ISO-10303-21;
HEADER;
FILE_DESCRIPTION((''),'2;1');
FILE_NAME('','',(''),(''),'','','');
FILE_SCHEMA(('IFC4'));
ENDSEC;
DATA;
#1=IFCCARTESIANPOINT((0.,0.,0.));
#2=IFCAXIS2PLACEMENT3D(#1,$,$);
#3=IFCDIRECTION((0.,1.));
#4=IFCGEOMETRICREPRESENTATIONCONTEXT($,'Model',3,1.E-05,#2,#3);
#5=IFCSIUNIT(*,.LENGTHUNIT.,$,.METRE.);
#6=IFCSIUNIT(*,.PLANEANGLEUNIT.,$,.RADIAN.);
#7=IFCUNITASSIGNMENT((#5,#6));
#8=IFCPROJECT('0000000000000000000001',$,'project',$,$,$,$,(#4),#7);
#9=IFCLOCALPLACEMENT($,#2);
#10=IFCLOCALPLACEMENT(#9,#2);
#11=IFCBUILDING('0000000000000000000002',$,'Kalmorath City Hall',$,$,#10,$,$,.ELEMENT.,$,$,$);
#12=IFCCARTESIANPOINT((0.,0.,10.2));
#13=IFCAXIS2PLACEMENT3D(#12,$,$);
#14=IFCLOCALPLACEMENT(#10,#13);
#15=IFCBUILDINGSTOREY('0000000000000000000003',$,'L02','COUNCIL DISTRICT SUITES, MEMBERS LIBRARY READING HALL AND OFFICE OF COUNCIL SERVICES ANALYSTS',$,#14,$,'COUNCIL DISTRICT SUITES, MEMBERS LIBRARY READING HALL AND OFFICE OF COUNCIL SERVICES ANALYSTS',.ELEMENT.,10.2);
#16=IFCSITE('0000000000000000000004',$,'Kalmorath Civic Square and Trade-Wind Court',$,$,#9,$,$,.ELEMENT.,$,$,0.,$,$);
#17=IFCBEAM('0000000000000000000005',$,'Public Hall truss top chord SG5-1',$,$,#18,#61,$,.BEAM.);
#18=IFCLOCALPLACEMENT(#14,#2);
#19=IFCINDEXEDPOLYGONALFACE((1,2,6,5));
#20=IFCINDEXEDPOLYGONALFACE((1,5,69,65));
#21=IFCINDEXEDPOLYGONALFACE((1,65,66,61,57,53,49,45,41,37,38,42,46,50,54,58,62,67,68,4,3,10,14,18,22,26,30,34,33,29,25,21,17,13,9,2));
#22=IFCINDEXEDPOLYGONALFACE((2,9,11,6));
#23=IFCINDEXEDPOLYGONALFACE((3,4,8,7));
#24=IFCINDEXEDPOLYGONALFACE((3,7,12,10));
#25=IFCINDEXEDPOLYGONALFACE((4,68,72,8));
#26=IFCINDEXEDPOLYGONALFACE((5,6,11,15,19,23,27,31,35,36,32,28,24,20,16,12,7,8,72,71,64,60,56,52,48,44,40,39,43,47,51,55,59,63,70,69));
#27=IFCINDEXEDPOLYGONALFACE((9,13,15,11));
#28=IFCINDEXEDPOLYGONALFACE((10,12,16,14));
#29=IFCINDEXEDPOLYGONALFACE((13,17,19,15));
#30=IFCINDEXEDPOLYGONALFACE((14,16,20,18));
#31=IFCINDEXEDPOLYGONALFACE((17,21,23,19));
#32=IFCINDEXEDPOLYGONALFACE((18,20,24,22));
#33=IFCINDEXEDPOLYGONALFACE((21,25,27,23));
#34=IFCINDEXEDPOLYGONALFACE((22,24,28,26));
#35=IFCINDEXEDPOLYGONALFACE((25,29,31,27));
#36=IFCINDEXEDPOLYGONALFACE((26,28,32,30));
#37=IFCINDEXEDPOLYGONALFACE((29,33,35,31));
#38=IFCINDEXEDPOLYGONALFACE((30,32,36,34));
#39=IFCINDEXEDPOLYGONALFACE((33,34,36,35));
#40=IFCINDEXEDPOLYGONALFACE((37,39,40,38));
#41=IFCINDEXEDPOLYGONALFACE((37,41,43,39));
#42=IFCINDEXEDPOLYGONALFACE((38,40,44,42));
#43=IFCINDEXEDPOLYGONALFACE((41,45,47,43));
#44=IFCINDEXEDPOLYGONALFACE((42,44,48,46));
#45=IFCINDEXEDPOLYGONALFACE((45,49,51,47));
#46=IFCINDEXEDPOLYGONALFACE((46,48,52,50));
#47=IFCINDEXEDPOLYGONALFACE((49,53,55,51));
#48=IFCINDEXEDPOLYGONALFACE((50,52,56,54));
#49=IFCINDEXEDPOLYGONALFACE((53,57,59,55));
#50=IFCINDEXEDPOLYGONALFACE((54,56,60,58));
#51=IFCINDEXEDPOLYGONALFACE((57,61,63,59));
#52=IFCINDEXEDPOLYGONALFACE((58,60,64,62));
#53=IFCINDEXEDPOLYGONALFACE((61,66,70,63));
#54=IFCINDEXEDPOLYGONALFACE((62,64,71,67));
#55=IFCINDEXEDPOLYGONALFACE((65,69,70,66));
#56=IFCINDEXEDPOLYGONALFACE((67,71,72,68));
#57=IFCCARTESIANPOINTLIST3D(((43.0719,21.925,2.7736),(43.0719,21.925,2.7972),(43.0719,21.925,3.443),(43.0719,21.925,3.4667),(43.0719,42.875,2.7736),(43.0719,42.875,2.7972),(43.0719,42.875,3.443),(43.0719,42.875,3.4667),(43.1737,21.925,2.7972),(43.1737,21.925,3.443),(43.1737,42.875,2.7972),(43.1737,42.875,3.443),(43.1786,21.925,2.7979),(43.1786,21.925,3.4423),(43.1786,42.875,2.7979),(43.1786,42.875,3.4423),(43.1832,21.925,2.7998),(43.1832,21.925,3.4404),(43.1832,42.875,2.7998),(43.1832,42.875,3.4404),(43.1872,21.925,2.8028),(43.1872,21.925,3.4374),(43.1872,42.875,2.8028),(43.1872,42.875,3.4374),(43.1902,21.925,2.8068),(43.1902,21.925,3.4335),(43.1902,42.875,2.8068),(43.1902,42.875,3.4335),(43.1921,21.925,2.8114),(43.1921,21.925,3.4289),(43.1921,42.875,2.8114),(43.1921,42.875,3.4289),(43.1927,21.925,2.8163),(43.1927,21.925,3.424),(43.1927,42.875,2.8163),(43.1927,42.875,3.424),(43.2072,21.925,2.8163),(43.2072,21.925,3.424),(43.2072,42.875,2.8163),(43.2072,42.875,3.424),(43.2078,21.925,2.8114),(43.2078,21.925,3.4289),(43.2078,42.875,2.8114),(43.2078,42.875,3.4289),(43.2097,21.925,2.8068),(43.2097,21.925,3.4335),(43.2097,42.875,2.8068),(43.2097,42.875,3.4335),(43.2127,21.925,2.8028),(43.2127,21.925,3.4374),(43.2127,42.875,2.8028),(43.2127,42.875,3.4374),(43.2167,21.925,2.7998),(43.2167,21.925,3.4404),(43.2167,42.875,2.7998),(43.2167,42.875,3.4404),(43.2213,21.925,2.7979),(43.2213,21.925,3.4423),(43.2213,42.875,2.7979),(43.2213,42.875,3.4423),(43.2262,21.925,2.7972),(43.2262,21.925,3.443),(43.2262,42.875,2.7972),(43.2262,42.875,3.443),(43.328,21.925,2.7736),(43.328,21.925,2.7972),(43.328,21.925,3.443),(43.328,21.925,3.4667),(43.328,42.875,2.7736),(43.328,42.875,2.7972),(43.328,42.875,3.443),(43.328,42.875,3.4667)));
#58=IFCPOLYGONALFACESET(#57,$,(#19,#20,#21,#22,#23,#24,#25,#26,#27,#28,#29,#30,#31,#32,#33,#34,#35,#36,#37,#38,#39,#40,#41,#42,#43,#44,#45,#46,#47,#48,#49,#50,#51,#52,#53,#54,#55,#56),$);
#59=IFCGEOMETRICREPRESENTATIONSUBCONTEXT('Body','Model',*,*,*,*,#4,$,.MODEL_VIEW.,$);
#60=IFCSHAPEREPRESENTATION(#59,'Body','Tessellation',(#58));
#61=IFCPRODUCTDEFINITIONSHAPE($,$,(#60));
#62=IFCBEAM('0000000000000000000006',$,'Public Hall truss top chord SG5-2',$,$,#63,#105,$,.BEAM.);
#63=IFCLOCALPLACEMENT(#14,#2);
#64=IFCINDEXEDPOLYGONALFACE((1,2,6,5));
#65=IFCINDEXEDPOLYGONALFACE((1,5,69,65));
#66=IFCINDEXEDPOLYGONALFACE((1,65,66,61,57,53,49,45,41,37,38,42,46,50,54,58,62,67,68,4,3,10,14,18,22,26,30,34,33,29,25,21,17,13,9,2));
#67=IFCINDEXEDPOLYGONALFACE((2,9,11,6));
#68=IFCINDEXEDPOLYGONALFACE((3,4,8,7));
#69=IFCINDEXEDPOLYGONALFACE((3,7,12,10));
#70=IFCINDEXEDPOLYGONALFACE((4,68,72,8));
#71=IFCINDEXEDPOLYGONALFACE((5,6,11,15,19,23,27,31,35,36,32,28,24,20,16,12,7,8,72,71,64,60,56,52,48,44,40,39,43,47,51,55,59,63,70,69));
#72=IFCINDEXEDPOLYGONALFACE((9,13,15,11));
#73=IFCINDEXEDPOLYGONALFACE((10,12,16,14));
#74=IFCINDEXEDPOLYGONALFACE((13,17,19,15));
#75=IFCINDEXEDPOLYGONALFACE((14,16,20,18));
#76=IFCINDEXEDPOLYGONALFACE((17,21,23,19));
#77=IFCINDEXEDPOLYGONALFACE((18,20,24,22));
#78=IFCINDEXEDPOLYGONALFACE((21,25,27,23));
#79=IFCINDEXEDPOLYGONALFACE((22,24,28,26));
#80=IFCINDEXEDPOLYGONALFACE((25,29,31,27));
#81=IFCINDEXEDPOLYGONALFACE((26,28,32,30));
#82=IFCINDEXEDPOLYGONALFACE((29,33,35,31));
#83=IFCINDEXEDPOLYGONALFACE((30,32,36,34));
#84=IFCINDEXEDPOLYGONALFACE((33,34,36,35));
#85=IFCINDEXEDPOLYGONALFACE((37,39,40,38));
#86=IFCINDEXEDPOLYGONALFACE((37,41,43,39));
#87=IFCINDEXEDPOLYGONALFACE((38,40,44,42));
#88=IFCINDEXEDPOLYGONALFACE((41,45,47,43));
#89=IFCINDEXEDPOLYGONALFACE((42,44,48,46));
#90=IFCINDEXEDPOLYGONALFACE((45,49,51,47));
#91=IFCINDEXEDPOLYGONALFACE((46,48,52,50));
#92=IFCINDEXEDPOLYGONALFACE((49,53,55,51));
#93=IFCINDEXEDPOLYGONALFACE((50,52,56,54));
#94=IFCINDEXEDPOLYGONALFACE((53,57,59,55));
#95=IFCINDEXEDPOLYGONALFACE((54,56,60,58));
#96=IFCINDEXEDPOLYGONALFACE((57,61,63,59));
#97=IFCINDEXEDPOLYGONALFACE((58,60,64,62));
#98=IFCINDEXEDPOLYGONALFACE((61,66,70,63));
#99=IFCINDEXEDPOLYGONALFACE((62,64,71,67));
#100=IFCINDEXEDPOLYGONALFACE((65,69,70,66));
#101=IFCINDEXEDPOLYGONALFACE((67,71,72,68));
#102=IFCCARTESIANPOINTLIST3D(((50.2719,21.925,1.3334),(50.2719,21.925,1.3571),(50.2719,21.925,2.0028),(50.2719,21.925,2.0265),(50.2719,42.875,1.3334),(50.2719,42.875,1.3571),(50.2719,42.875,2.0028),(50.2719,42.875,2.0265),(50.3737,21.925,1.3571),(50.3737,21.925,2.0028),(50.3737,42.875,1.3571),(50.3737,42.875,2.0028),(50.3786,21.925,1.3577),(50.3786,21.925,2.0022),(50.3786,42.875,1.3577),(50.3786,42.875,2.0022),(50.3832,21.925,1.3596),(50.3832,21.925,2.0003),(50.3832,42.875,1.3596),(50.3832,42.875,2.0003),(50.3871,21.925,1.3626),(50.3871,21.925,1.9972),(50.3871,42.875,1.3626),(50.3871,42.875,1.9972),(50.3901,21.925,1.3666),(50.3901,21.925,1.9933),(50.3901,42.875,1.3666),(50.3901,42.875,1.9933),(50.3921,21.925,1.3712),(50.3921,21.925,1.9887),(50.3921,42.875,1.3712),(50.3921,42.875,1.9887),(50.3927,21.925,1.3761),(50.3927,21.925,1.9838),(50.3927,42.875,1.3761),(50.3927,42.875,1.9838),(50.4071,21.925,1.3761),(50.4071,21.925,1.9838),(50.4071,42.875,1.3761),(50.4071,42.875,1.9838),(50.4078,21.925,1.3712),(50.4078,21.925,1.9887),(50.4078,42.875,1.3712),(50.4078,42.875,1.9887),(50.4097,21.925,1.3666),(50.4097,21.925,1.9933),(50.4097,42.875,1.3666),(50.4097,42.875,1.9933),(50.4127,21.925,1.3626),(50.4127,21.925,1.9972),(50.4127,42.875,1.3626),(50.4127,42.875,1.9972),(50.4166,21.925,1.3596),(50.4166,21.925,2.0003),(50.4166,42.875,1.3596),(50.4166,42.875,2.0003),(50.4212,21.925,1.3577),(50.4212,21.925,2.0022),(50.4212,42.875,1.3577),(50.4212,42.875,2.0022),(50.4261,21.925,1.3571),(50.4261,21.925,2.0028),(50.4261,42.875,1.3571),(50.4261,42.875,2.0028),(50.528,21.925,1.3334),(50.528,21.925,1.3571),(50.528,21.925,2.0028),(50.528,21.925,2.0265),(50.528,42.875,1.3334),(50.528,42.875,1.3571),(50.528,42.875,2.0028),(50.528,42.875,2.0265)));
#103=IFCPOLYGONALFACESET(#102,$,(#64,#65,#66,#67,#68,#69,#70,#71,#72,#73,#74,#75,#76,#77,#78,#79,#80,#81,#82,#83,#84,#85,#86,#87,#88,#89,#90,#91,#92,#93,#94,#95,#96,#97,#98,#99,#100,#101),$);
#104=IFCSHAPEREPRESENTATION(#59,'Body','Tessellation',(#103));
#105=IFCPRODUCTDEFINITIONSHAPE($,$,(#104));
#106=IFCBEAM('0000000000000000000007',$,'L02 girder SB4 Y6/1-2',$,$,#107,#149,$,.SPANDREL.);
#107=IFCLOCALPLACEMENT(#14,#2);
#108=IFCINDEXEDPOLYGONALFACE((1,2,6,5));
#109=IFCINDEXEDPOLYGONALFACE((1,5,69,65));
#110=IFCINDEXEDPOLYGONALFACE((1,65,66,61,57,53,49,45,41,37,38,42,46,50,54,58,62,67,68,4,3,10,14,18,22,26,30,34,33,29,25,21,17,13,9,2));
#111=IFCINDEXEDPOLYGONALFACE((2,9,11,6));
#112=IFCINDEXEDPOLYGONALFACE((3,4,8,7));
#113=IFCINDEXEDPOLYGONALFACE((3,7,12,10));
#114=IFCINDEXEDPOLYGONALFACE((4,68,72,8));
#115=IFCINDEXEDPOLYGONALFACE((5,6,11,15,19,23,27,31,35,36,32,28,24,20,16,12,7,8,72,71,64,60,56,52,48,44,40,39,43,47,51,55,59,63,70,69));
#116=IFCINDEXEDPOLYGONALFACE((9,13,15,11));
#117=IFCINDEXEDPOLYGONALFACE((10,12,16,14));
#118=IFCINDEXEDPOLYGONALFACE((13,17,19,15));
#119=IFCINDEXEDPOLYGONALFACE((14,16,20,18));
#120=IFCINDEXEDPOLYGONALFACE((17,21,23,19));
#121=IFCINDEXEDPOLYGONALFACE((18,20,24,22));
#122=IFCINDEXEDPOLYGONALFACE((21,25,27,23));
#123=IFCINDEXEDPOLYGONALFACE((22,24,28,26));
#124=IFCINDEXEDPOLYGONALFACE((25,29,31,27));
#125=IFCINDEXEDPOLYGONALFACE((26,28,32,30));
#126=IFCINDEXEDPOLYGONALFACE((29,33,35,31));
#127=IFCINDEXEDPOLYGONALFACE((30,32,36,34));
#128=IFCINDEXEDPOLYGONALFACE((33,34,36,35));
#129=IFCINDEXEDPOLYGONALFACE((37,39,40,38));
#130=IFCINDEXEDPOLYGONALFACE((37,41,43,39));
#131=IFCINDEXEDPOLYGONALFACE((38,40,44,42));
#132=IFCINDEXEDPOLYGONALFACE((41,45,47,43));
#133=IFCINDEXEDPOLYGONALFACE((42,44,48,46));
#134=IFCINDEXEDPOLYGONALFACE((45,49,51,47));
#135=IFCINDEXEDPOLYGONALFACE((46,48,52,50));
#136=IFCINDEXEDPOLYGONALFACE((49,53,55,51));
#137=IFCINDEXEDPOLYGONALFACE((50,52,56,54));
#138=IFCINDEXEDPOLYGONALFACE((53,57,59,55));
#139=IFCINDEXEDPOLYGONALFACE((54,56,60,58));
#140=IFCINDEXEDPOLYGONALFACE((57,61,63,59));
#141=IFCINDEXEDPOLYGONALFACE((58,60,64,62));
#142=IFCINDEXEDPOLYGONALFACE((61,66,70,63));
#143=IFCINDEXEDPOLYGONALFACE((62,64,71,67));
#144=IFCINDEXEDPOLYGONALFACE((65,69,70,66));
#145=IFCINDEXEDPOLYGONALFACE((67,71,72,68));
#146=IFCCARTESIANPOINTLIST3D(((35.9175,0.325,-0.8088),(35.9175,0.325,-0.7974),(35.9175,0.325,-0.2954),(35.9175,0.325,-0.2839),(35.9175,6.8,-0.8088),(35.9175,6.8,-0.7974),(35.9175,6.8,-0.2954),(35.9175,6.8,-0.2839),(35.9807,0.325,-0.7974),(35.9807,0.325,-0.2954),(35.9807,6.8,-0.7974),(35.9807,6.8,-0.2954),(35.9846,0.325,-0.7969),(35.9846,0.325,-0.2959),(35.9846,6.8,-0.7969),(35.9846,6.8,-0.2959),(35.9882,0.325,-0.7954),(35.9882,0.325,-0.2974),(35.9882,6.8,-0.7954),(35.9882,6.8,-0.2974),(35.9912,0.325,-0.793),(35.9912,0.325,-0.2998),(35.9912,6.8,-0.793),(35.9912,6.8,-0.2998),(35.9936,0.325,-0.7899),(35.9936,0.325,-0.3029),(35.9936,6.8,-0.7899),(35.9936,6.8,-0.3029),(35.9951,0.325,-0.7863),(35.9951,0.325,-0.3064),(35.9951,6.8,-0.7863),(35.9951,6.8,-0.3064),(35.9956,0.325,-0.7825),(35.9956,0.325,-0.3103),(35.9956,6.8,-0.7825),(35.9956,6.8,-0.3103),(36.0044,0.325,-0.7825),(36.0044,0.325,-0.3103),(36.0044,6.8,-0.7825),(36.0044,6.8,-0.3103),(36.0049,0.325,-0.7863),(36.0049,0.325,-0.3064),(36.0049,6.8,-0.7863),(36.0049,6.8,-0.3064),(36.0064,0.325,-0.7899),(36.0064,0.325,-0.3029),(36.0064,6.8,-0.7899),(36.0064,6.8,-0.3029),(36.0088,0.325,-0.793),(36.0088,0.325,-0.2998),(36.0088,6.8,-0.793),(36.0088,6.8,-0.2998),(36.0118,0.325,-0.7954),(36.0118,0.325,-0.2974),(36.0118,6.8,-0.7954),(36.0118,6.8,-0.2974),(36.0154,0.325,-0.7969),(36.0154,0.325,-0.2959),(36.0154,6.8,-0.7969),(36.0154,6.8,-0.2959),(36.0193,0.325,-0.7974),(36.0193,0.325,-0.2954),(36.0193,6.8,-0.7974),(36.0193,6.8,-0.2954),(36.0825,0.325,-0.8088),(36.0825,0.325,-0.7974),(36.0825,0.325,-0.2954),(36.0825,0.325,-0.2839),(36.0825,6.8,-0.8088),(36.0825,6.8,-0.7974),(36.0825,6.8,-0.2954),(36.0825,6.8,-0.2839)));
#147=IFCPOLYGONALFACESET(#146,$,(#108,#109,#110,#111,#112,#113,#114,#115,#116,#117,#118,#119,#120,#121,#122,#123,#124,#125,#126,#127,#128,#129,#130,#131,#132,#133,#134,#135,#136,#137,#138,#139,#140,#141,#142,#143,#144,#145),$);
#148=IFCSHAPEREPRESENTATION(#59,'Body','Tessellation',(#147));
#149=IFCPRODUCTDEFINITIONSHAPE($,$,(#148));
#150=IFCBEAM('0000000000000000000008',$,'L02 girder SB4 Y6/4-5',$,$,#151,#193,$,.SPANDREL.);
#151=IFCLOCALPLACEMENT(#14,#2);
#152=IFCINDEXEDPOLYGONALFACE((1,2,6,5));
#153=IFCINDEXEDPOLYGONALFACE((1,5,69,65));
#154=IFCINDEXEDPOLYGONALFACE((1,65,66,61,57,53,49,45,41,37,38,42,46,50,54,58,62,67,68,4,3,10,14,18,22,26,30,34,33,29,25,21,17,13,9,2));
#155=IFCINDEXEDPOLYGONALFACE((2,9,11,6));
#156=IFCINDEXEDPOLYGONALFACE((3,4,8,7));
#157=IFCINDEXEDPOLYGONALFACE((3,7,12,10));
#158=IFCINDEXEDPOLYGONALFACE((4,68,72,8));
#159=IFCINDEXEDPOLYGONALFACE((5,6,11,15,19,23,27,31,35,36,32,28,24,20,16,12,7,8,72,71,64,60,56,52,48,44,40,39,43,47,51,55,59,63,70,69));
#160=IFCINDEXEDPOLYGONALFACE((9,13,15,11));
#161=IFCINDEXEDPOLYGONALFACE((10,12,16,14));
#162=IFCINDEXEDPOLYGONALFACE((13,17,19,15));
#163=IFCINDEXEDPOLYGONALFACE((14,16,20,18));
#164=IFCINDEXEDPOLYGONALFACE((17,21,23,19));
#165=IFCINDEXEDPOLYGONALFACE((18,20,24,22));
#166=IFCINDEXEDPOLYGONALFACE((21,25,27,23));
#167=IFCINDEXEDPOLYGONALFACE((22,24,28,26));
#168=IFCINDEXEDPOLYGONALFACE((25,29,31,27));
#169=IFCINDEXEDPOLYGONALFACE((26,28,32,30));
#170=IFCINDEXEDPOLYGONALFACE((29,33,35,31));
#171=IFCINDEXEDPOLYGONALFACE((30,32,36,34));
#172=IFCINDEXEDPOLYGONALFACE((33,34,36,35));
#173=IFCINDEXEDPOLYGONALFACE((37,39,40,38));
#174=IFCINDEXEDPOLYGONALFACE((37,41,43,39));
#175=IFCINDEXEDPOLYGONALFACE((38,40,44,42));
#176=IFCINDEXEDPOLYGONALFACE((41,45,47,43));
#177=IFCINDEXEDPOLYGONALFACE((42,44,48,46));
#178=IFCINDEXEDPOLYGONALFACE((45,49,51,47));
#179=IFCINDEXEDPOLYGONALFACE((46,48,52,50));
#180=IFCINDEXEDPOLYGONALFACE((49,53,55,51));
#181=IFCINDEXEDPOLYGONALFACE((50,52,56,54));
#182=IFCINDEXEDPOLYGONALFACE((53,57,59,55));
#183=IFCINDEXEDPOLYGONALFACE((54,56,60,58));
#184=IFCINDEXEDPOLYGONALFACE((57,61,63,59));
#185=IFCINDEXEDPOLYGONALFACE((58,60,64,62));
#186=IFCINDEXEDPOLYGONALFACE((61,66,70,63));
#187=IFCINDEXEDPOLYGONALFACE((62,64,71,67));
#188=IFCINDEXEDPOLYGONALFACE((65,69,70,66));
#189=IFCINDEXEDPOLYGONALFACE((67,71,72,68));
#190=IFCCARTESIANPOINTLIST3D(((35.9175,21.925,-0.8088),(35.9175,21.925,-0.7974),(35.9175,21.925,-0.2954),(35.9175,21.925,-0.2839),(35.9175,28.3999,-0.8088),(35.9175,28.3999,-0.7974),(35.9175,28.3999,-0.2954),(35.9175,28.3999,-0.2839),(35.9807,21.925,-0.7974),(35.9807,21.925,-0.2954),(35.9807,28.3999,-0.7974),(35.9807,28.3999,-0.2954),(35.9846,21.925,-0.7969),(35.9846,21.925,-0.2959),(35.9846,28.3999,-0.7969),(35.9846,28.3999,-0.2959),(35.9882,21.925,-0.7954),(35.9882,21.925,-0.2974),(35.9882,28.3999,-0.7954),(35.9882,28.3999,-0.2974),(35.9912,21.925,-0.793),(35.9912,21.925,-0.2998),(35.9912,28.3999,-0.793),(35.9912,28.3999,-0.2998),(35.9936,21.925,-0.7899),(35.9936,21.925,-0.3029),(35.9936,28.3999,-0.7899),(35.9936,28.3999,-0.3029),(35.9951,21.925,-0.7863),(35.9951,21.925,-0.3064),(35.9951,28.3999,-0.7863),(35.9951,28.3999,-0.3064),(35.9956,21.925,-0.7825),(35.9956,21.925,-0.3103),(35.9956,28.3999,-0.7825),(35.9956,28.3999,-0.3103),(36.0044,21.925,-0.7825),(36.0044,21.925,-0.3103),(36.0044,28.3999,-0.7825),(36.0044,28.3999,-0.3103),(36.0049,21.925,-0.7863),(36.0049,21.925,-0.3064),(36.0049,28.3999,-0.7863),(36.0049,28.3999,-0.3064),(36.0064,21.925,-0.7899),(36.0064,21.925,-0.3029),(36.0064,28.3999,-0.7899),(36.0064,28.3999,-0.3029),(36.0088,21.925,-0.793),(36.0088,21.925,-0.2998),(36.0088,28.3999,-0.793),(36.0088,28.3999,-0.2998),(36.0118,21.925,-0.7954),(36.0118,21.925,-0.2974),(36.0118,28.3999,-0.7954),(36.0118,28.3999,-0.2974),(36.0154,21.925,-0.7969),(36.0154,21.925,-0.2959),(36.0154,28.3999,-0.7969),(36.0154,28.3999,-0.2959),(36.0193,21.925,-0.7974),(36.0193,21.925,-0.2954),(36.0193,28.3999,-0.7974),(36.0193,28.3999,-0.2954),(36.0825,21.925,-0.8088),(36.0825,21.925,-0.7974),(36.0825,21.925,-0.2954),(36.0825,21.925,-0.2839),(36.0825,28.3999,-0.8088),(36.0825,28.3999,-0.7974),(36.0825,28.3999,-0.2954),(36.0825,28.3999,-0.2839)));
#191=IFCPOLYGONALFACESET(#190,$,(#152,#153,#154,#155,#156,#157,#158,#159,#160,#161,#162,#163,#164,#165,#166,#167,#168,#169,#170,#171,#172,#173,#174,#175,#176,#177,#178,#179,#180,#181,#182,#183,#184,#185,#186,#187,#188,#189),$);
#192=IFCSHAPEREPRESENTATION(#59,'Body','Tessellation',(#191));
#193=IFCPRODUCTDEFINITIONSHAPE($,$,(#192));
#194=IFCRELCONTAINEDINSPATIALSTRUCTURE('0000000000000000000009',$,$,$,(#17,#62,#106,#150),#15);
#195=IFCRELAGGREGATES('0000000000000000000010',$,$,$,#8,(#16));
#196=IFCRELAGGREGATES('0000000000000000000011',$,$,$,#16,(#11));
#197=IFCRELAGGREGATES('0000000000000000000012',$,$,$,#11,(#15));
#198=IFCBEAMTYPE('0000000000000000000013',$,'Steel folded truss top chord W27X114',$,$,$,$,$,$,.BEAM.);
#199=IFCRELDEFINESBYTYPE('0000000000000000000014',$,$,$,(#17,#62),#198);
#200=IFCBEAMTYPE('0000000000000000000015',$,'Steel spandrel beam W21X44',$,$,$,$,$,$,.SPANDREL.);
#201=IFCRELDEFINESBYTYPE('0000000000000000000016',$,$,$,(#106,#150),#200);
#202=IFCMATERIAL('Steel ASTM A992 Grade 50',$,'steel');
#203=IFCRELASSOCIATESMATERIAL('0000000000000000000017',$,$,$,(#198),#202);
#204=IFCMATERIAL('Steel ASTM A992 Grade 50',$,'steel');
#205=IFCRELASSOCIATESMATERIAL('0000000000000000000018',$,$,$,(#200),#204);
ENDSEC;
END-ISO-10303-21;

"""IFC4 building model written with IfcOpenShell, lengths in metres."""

from ifc_helpers import new_model, si_unit, direction, frame, origin, origin_2d, place, context, subcontext, project, spatial, i_section, extrude, material, material_profile, profile_set, type_object, element, save


model = new_model("IFC4")

# Units and contexts
model_context = context("Model", 3, precision=1e-05, world=origin(), true_north=direction((0.0, 1.0)))
body_context = subcontext(model_context, "Body", "Model", "MODEL_VIEW")
ifc_project = project(units=[si_unit("LENGTHUNIT", "METRE"), si_unit("PLANEANGLEUNIT", "RADIAN")], contexts=[model_context])

# Site, building, storey
site_placement = place(None, origin())
site = spatial("IfcSite", under=ifc_project, at=site_placement, Name="Kalmorath Civic Square and Trade-Wind Court", CompositionType="ELEMENT", RefElevation=0.0)
building_placement = place(site_placement, origin())
building = spatial("IfcBuilding", under=site, at=building_placement, Name="Kalmorath City Hall", CompositionType="ELEMENT")
storey_placement = place(building_placement, frame((0.0, 0.0, 10.2)))
storey = spatial("IfcBuildingStorey", under=building, at=storey_placement, Name="L02", Description="COUNCIL DISTRICT SUITES, MEMBERS LIBRARY READING HALL AND OFFICE OF COUNCIL SERVICES ANALYSTS", LongName="COUNCIL DISTRICT SUITES, MEMBERS LIBRARY READING HALL AND OFFICE OF COUNCIL SERVICES ANALYSTS", CompositionType="ELEMENT", Elevation=10.2)

# Beams
ifc_material_1 = material(Name="Steel ASTM A992 Grade 50", Category="steel")
ifc_material_profile_1 = material_profile(ifc_material_1, i_section(OverallWidth=0.2561, OverallDepth=0.6931, WebThickness=0.0144, FlangeThickness=0.0237, FilletRadius=0.019, at=origin_2d()), Name="W27X114")
ifc_profile_set_1 = profile_set([ifc_material_profile_1], Name="Steel ASTM A992 Grade 50")
beam_type_1 = type_object("IfcBeamType", Name="Steel folded truss top chord W27X114", PredefinedType="BEAM", material=ifc_profile_set_1)
for number, where, z_axis, x_axis, name in (
    (1, (43.2, 21.925, 3.1201), (0.0, 1.0, 0.0), (-1.0, 0.0, 0.0), "Public Hall truss top chord SG5-1"),
    (2, (50.3999, 21.925, 1.6799), (0.0, 1.0, 0.0), (-1.0, 0.0, 0.0), "Public Hall truss top chord SG5-2"),
):
    element("IfcBeam", number, at=place(storey_placement, frame(where, z_axis=z_axis, x_axis=x_axis)), inside=storey, type_object=beam_type_1, Name=name, PredefinedType="BEAM", context=body_context, shape_type="SweptSolid", body=[
        extrude(i_section(OverallWidth=0.2561, OverallDepth=0.6931, WebThickness=0.0144, FlangeThickness=0.0237, FilletRadius=0.019, at=origin_2d()), origin(), (0.0, 0.0, 1.0), 20.95),
    ])
ifc_material_2 = material(Name="Steel ASTM A992 Grade 50", Category="steel")
ifc_material_profile_2 = material_profile(ifc_material_2, i_section(OverallWidth=0.165, OverallDepth=0.5249, WebThickness=0.0088, FlangeThickness=0.0115, FilletRadius=0.0149, at=origin_2d()), Name="W21X44")
ifc_profile_set_2 = profile_set([ifc_material_profile_2], Name="Steel ASTM A992 Grade 50")
beam_type_2 = type_object("IfcBeamType", Name="Steel spandrel beam W21X44", PredefinedType="SPANDREL", material=ifc_profile_set_2)
beam_1_placement = place(storey_placement, frame((36.0, 0.325, -0.5464), z_axis=(0.0, 1.0, 0.0), x_axis=(-1.0, 0.0, 0.0)))
element("IfcBeam", 3, at=beam_1_placement, inside=storey, type_object=beam_type_2, Name="L02 girder SB4 Y6/1-2", PredefinedType="SPANDREL", context=body_context, shape_type="SweptSolid", body=[
    extrude(i_section(OverallWidth=0.165, OverallDepth=0.5249, WebThickness=0.0088, FlangeThickness=0.0115, FilletRadius=0.0149, at=origin_2d()), origin(), (0.0, 0.0, 1.0), 6.4751),
])
beam_2_placement = place(storey_placement, frame((36.0, 21.925, -0.5464), z_axis=(0.0, 1.0, 0.0), x_axis=(-1.0, 0.0, 0.0)))
element("IfcBeam", 4, at=beam_2_placement, inside=storey, type_object=beam_type_2, Name="L02 girder SB4 Y6/4-5", PredefinedType="SPANDREL", context=body_context, shape_type="SweptSolid", body=[
    extrude(i_section(OverallWidth=0.165, OverallDepth=0.5249, WebThickness=0.0088, FlangeThickness=0.0115, FilletRadius=0.0149, at=origin_2d()), origin(), (0.0, 0.0, 1.0), 6.4749),
])

save(model, "model.ifc")
